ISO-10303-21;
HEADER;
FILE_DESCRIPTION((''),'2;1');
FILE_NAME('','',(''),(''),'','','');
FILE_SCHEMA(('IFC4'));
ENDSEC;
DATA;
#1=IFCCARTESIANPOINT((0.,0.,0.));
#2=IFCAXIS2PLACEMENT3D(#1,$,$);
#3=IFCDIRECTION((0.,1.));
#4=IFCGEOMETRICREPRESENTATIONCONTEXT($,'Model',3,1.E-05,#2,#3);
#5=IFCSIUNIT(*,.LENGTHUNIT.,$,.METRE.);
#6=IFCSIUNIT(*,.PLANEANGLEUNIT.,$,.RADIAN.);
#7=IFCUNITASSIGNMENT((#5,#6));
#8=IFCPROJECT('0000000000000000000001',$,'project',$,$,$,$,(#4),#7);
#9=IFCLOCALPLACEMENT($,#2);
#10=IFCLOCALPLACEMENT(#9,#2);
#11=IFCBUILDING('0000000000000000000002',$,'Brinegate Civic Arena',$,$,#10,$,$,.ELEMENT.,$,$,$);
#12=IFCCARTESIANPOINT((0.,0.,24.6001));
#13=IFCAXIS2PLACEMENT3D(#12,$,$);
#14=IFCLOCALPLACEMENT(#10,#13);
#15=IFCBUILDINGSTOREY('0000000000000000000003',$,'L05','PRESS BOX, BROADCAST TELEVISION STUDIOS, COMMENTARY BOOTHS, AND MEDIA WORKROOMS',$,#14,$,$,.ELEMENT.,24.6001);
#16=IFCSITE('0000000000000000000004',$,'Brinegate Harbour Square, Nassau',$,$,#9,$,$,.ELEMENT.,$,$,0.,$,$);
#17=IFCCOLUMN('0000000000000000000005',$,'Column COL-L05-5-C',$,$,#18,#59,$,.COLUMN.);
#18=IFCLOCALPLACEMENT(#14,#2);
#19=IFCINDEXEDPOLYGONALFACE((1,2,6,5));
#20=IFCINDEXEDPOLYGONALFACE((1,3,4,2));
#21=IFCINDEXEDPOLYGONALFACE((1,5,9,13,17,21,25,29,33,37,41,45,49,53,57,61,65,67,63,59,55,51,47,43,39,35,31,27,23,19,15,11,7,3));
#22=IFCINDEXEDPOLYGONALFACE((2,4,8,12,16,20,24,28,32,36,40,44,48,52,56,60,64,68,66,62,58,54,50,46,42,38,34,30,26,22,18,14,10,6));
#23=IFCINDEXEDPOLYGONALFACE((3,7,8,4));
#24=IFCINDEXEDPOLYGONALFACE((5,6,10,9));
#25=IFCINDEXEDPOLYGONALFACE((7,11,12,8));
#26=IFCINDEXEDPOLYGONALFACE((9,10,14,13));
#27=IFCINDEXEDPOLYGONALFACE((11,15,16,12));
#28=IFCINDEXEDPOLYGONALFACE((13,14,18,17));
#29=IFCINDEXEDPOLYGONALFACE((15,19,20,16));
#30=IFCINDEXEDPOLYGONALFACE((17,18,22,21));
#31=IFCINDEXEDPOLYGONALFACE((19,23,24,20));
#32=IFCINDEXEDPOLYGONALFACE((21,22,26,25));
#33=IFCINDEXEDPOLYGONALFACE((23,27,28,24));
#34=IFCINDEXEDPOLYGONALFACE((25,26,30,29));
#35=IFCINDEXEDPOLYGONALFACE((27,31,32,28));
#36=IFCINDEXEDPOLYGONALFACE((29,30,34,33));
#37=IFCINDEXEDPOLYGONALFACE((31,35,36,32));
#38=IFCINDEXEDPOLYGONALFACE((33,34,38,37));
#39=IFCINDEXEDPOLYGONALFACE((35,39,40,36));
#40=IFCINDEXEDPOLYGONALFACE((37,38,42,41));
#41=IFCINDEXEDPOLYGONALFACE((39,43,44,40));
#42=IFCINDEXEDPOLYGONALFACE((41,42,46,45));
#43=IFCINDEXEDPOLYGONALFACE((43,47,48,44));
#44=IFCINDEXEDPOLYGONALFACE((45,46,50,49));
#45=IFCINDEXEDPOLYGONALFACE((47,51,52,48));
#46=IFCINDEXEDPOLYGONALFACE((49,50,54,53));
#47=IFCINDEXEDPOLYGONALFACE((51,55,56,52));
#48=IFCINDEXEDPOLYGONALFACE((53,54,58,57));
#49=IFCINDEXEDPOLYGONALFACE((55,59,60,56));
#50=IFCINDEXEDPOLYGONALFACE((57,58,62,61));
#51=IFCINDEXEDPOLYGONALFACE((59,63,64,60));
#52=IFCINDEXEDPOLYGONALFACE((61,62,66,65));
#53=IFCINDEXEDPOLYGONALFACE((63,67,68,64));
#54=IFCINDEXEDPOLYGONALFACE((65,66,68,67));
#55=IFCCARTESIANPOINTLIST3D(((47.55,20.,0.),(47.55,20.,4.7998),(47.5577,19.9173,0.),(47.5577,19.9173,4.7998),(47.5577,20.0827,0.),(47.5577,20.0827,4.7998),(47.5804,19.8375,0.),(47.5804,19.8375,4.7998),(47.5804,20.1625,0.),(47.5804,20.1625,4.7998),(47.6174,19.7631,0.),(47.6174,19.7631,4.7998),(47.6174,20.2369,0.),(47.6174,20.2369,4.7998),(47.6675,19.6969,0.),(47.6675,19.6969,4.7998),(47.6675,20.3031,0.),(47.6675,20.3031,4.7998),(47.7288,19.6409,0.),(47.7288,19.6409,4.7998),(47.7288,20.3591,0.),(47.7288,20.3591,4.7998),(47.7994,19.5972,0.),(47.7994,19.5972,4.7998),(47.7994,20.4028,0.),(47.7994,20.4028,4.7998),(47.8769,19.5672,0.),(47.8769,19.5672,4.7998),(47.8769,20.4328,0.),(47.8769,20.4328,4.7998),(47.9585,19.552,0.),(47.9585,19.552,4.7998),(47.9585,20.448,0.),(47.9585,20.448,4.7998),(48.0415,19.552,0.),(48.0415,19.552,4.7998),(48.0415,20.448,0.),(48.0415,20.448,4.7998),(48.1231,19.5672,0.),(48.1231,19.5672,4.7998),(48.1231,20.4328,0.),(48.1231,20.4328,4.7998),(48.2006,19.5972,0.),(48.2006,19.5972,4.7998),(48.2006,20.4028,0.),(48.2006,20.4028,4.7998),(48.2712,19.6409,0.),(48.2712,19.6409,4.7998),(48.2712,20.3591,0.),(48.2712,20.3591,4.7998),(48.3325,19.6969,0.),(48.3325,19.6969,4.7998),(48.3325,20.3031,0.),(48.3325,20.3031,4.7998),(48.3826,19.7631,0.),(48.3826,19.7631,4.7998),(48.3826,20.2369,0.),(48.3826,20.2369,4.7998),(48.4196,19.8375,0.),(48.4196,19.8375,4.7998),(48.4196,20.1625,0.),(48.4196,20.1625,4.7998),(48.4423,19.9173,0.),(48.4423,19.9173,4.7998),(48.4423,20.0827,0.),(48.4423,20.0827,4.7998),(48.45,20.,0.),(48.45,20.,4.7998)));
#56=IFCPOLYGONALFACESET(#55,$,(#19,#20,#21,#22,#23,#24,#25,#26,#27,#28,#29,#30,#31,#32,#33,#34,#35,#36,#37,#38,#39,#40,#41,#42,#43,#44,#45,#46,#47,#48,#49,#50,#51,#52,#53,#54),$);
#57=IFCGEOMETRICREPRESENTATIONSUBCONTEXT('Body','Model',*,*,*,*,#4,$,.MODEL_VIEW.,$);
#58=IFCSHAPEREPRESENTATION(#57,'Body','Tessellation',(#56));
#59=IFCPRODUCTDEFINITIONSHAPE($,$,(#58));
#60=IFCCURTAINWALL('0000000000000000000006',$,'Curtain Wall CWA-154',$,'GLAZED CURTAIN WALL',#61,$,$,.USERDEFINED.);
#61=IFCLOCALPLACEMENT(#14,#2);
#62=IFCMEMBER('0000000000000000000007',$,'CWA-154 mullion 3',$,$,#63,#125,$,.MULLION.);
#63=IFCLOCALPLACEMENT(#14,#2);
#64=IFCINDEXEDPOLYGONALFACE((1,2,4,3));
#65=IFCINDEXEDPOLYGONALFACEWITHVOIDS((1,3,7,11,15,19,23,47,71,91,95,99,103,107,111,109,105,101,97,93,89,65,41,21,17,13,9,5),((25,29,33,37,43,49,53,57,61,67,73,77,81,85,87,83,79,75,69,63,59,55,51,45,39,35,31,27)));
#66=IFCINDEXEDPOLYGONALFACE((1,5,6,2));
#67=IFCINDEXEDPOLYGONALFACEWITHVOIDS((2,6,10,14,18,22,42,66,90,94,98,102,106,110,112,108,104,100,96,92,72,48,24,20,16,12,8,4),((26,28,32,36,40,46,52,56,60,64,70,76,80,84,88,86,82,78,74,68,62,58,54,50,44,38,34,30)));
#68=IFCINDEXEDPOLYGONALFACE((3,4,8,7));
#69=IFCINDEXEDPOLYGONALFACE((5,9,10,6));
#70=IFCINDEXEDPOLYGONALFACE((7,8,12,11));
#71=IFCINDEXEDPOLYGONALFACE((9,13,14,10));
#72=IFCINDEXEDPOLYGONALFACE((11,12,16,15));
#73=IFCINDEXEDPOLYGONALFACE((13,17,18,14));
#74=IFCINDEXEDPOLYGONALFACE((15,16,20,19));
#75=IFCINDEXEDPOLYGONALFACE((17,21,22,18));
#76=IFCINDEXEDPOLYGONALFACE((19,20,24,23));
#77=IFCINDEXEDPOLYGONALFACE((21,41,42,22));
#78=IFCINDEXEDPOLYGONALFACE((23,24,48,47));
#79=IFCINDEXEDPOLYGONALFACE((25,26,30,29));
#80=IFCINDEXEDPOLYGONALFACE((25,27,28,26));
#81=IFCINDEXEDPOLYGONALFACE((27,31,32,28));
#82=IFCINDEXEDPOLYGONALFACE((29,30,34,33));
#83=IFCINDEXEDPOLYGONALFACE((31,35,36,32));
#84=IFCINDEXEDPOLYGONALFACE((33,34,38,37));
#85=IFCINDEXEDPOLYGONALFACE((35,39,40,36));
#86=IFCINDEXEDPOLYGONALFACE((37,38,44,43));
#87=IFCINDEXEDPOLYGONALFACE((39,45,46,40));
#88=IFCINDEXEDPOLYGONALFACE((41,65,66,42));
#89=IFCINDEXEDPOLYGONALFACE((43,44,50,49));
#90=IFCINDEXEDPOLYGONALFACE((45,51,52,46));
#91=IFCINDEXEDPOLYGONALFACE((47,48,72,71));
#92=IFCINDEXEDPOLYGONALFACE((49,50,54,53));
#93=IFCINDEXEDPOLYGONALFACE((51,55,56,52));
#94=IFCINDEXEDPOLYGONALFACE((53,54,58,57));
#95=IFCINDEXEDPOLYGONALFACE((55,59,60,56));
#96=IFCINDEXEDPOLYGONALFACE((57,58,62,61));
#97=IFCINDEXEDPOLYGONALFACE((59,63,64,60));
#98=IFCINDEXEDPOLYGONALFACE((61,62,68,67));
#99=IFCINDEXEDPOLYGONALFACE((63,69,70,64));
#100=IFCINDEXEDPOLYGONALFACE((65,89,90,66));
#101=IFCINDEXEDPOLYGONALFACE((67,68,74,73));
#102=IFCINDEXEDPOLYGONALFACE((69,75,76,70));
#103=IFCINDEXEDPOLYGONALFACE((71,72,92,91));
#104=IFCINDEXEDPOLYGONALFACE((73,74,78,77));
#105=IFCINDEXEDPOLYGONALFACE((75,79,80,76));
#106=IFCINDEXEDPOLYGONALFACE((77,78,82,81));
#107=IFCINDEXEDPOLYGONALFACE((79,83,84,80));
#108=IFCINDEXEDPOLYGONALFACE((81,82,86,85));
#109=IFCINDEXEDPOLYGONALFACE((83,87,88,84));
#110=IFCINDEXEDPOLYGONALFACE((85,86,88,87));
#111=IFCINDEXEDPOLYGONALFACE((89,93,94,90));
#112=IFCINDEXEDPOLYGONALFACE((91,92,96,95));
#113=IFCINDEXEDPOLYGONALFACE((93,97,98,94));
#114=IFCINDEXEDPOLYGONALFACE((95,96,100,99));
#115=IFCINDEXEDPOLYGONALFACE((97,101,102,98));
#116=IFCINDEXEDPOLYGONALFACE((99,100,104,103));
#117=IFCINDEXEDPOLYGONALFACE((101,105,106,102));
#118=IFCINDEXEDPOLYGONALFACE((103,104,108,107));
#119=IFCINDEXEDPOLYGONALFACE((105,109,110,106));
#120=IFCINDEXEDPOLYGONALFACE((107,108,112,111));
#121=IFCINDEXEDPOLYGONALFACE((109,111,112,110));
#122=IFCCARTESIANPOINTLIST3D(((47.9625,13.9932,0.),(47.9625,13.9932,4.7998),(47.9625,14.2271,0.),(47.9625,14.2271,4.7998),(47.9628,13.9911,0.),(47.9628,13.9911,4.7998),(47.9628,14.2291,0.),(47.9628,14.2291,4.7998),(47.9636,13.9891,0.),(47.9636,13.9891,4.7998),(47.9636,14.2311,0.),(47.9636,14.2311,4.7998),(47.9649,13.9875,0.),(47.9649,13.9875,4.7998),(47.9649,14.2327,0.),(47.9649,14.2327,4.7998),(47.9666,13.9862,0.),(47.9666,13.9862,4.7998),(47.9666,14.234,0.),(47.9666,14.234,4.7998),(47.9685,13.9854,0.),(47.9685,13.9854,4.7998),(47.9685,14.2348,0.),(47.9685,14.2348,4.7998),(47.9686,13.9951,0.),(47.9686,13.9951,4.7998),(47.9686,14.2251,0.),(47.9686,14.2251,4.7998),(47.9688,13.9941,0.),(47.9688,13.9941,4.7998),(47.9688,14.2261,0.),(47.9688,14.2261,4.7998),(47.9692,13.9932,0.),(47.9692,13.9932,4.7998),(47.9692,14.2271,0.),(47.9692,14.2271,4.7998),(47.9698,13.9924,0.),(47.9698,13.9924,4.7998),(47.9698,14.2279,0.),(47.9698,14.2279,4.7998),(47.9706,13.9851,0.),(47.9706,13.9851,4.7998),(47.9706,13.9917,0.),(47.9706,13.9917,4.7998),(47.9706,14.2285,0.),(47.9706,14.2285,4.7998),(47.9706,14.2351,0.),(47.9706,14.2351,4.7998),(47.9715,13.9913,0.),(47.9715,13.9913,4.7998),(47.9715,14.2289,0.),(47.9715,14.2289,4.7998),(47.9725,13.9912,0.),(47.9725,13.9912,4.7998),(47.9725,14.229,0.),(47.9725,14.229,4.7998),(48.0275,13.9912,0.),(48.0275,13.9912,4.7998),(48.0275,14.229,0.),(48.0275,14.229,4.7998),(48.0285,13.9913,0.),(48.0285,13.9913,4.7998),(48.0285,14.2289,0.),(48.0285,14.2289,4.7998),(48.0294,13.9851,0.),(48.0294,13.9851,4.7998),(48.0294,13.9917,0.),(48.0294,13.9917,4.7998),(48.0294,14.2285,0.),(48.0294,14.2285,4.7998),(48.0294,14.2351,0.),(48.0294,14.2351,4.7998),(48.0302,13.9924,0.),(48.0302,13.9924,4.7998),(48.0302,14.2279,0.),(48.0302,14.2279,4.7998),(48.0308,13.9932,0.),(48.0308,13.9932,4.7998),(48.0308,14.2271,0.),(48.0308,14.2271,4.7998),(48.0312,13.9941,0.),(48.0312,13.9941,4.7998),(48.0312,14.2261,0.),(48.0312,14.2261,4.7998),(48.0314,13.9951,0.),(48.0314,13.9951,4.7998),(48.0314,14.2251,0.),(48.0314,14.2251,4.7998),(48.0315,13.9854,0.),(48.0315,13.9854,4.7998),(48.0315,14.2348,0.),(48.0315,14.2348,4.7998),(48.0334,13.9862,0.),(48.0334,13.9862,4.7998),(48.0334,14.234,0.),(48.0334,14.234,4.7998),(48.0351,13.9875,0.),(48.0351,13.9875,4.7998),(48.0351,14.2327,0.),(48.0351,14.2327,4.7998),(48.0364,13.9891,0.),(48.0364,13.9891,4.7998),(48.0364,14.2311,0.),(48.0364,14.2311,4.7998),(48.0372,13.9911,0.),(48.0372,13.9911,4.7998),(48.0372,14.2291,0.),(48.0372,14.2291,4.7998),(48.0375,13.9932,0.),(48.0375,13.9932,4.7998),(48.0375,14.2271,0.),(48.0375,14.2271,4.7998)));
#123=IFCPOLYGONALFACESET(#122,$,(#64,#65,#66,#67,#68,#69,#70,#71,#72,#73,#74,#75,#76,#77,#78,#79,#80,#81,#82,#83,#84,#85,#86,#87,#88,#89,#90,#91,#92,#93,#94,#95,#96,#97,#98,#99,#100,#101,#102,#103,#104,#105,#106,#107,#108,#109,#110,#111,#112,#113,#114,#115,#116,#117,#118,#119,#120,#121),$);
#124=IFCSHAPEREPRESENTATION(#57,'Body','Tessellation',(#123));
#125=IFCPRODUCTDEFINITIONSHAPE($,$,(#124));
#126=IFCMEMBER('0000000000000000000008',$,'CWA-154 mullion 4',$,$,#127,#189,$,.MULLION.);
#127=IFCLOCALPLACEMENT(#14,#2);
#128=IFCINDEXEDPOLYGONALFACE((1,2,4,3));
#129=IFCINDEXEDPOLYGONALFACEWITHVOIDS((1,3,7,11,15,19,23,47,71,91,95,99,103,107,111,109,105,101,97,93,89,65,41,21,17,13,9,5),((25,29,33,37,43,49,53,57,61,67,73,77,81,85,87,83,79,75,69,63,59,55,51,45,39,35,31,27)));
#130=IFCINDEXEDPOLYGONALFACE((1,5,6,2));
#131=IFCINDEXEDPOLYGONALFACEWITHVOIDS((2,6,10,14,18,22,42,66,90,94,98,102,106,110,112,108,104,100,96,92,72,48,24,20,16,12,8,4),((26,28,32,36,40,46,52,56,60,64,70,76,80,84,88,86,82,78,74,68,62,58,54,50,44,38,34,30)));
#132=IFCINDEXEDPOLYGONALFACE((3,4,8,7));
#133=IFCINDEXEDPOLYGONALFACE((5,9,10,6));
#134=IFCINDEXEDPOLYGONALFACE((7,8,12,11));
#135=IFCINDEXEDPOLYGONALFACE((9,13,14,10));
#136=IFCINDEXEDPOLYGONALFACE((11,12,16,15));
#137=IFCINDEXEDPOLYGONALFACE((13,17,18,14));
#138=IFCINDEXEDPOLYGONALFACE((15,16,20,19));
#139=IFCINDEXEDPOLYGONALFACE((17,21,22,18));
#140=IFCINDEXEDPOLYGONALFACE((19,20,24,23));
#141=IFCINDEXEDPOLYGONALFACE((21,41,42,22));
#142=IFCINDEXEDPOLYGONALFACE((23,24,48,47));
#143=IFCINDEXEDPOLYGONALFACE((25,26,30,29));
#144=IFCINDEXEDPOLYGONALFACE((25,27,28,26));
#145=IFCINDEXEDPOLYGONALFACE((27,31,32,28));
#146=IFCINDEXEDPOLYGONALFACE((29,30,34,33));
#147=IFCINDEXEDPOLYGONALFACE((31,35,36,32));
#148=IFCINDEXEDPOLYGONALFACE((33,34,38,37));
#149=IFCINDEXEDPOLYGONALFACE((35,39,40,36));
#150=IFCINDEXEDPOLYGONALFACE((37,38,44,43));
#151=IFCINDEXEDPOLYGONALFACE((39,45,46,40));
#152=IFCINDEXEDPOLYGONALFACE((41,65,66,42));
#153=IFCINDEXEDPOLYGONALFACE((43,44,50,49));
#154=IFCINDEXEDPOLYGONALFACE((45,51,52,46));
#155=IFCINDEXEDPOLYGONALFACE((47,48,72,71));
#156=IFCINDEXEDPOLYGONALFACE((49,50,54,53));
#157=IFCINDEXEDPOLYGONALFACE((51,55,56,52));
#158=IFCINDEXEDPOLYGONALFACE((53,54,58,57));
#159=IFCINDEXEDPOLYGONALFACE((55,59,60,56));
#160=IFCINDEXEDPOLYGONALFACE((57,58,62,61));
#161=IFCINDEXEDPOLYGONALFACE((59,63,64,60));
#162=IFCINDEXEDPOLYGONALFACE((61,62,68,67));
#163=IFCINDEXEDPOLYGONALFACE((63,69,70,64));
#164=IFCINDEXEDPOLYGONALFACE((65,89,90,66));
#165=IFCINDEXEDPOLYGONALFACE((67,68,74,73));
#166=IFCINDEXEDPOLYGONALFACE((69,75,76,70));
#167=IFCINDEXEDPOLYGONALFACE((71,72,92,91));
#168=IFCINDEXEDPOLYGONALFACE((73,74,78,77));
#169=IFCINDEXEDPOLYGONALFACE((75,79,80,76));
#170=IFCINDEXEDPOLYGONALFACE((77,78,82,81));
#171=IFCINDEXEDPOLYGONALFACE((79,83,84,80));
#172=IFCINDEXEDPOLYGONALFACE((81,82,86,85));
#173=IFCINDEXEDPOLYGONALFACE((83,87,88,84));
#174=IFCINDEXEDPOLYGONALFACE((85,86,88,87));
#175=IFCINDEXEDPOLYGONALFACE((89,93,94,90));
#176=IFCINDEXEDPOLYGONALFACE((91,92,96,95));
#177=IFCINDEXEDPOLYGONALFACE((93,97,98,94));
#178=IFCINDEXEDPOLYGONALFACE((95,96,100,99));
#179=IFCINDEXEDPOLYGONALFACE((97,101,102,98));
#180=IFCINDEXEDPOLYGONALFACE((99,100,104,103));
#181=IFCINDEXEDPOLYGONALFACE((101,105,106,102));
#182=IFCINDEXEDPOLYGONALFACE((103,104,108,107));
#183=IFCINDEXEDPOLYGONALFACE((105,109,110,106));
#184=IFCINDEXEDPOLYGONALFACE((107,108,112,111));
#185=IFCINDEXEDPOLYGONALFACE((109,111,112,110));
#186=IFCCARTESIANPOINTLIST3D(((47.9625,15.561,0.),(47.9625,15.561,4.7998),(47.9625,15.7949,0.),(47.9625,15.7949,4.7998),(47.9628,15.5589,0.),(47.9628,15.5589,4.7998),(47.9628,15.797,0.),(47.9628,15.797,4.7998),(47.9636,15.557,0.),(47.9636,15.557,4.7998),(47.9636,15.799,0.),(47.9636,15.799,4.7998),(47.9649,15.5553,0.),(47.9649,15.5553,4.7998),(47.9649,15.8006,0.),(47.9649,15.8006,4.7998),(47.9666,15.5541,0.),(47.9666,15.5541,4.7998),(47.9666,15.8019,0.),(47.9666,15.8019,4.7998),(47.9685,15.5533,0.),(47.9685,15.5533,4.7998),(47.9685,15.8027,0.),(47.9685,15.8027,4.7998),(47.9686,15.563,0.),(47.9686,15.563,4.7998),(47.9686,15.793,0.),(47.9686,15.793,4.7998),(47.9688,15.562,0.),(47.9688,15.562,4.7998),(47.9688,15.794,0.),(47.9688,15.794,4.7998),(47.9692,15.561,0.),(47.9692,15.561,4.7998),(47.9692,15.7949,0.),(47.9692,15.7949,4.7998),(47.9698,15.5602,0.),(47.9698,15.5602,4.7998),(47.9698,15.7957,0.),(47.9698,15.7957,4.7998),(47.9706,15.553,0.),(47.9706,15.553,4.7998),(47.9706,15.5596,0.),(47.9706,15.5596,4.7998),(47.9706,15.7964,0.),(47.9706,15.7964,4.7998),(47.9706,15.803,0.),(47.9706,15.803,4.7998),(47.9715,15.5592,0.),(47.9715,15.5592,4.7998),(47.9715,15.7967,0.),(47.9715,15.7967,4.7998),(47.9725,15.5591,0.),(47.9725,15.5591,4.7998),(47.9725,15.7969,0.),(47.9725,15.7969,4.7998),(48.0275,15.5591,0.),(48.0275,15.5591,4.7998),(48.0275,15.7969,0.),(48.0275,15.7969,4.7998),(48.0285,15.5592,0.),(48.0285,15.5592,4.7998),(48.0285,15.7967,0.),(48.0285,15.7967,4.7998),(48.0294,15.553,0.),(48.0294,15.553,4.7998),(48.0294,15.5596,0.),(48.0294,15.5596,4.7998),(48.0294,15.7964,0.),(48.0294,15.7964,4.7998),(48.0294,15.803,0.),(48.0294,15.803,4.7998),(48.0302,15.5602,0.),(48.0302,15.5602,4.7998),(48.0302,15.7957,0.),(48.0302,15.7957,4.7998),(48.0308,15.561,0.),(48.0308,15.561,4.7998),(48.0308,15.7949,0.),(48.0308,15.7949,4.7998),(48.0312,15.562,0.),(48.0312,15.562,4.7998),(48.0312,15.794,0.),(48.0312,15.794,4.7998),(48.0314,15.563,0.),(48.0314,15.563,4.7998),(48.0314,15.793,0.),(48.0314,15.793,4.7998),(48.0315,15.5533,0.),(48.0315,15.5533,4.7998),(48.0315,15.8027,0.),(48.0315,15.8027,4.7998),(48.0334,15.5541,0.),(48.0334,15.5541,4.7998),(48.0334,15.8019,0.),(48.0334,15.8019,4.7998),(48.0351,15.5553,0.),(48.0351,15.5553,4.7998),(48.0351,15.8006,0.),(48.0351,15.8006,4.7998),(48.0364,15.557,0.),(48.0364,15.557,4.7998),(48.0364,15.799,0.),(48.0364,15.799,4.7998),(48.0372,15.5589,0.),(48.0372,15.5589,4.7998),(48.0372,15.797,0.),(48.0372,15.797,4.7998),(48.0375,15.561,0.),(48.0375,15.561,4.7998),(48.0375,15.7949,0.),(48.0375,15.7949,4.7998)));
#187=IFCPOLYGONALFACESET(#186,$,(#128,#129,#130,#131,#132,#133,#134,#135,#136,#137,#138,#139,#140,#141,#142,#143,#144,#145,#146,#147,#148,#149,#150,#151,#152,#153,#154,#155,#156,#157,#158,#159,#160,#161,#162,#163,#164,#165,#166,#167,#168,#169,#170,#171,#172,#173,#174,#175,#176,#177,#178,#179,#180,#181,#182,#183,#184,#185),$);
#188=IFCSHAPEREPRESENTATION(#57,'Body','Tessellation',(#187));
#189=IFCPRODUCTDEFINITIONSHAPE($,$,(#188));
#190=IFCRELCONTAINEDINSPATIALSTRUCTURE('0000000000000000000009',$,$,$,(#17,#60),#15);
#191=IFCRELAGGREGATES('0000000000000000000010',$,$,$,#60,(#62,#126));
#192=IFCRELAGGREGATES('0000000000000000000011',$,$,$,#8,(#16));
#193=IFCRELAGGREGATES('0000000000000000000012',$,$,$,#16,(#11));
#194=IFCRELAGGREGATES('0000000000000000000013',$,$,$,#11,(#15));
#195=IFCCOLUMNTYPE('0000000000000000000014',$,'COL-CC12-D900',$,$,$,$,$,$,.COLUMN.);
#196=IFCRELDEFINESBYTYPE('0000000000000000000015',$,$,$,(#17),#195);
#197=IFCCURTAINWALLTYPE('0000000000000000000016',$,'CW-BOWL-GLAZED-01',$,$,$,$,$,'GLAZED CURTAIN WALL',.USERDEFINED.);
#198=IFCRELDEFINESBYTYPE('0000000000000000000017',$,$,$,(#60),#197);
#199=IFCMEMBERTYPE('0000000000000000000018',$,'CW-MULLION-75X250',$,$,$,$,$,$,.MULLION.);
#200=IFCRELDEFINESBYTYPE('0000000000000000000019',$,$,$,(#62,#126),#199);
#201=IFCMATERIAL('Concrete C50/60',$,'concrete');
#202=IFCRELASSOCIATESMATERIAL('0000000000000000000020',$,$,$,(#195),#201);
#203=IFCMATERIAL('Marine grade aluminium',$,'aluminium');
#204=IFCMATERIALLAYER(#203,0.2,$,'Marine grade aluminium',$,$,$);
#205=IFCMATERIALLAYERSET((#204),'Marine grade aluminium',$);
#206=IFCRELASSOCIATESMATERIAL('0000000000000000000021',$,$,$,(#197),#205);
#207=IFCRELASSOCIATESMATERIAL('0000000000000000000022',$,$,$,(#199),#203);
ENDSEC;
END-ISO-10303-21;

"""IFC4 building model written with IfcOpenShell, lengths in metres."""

from ifc_helpers import new_model, si_unit, direction, frame, origin, origin_2d, place, context, subcontext, project, spatial, hollow_rectangle, circle, extrude, material, layer, layer_set, material_profile, profile_set, type_object, element, aggregate, save


model = new_model("IFC4")

# Units and contexts
model_context = context("Model", 3, precision=1e-05, world=origin(), true_north=direction((0.0, 1.0)))
body_context = subcontext(model_context, "Body", "Model", "MODEL_VIEW")
ifc_project = project(units=[si_unit("LENGTHUNIT", "METRE"), si_unit("PLANEANGLEUNIT", "RADIAN")], contexts=[model_context])

# Site, building, storey
site_placement = place(None, origin())
site = spatial("IfcSite", under=ifc_project, at=site_placement, Name="Brinegate Harbour Square, Nassau", CompositionType="ELEMENT", RefElevation=0.0)
building_placement = place(site_placement, origin())
building = spatial("IfcBuilding", under=site, at=building_placement, Name="Brinegate Civic Arena", CompositionType="ELEMENT")
storey_placement = place(building_placement, frame((0.0, 0.0, 24.6001)))
storey = spatial("IfcBuildingStorey", under=building, at=storey_placement, Name="L05", Description="PRESS BOX, BROADCAST TELEVISION STUDIOS, COMMENTARY BOOTHS, AND MEDIA WORKROOMS", CompositionType="ELEMENT", Elevation=24.6001)

# Column
ifc_material_1 = material(Name="Concrete C50/60", Category="concrete")
ifc_material_profile_1 = material_profile(ifc_material_1, circle(Radius=0.45, at=origin_2d()), Name="RCD900")
ifc_profile_set_1 = profile_set([ifc_material_profile_1], Name="Concrete C50/60")
column_type = type_object("IfcColumnType", Name="COL-CC12-D900", PredefinedType="COLUMN", material=ifc_profile_set_1)
column_placement = place(storey_placement, frame((48.0, 20.0, 0.0), z_axis=(0.0, 0.0, 1.0), x_axis=(1.0, 0.0, 0.0)))
element("IfcColumn", 1, at=column_placement, inside=storey, type_object=column_type, Name="Column COL-L05-5-C", PredefinedType="COLUMN", context=body_context, shape_type="SweptSolid", body=[
    extrude(circle(Radius=0.45, at=origin_2d()), origin(), (0.0, 0.0, 1.0), 4.7998),
])

# Curtain wall, members
ifc_material_2 = material(Name="Marine grade aluminium", Category="aluminium")
ifc_layer_1 = layer(ifc_material_2, 0.2, Name="Marine grade aluminium")
ifc_layer_set_1 = layer_set([ifc_layer_1], Name="Marine grade aluminium")
curtain_wall_type = type_object("IfcCurtainWallType", Name="CW-BOWL-GLAZED-01", ElementType="GLAZED CURTAIN WALL", PredefinedType="USERDEFINED", material=ifc_layer_set_1)
curtain_wall_1_placement = place(storey_placement, origin())
curtain_wall_1 = element("IfcCurtainWall", 2, at=curtain_wall_1_placement, inside=storey, type_object=curtain_wall_type, Name="Curtain Wall CWA-154", ObjectType="GLAZED CURTAIN WALL", PredefinedType="USERDEFINED")
ifc_material_profile_2 = material_profile(ifc_material_2, hollow_rectangle(XDim=0.075, YDim=0.25, WallThickness=0.0061, InnerFilletRadius=0.0039, OuterFilletRadius=0.0081, at=origin_2d()), Name="MUL75X250")
ifc_profile_set_2 = profile_set([ifc_material_profile_2], Name="Marine grade aluminium")
member_type_1 = type_object("IfcMemberType", Name="CW-MULLION-75X250", PredefinedType="MULLION", material=ifc_profile_set_2)
member_1_placement = place(storey_placement, frame((48.0, 14.1101, 0.0), z_axis=(0.0, 0.0, 1.0), x_axis=(-1.0, 0.0, 0.0)))
member_1 = element("IfcMember", 3, at=member_1_placement, type_object=member_type_1, Name="CWA-154 mullion 3", PredefinedType="MULLION", context=body_context, shape_type="SweptSolid", body=[
    extrude(hollow_rectangle(XDim=0.075, YDim=0.25, WallThickness=0.0061, InnerFilletRadius=0.0039, OuterFilletRadius=0.0081, at=origin_2d()), origin(), (0.0, 0.0, 1.0), 4.7998),
])
member_2_placement = place(storey_placement, frame((48.0, 15.678, 0.0), z_axis=(0.0, 0.0, 1.0), x_axis=(-1.0, 0.0, 0.0)))
member_2 = element("IfcMember", 4, at=member_2_placement, type_object=member_type_1, Name="CWA-154 mullion 4", PredefinedType="MULLION", context=body_context, shape_type="SweptSolid", body=[
    extrude(hollow_rectangle(XDim=0.075, YDim=0.25, WallThickness=0.0061, InnerFilletRadius=0.0039, OuterFilletRadius=0.0081, at=origin_2d()), origin(), (0.0, 0.0, 1.0), 4.7998),
])

aggregate(curtain_wall_1, [member_1, member_2])

save(model, "model.ifc")
